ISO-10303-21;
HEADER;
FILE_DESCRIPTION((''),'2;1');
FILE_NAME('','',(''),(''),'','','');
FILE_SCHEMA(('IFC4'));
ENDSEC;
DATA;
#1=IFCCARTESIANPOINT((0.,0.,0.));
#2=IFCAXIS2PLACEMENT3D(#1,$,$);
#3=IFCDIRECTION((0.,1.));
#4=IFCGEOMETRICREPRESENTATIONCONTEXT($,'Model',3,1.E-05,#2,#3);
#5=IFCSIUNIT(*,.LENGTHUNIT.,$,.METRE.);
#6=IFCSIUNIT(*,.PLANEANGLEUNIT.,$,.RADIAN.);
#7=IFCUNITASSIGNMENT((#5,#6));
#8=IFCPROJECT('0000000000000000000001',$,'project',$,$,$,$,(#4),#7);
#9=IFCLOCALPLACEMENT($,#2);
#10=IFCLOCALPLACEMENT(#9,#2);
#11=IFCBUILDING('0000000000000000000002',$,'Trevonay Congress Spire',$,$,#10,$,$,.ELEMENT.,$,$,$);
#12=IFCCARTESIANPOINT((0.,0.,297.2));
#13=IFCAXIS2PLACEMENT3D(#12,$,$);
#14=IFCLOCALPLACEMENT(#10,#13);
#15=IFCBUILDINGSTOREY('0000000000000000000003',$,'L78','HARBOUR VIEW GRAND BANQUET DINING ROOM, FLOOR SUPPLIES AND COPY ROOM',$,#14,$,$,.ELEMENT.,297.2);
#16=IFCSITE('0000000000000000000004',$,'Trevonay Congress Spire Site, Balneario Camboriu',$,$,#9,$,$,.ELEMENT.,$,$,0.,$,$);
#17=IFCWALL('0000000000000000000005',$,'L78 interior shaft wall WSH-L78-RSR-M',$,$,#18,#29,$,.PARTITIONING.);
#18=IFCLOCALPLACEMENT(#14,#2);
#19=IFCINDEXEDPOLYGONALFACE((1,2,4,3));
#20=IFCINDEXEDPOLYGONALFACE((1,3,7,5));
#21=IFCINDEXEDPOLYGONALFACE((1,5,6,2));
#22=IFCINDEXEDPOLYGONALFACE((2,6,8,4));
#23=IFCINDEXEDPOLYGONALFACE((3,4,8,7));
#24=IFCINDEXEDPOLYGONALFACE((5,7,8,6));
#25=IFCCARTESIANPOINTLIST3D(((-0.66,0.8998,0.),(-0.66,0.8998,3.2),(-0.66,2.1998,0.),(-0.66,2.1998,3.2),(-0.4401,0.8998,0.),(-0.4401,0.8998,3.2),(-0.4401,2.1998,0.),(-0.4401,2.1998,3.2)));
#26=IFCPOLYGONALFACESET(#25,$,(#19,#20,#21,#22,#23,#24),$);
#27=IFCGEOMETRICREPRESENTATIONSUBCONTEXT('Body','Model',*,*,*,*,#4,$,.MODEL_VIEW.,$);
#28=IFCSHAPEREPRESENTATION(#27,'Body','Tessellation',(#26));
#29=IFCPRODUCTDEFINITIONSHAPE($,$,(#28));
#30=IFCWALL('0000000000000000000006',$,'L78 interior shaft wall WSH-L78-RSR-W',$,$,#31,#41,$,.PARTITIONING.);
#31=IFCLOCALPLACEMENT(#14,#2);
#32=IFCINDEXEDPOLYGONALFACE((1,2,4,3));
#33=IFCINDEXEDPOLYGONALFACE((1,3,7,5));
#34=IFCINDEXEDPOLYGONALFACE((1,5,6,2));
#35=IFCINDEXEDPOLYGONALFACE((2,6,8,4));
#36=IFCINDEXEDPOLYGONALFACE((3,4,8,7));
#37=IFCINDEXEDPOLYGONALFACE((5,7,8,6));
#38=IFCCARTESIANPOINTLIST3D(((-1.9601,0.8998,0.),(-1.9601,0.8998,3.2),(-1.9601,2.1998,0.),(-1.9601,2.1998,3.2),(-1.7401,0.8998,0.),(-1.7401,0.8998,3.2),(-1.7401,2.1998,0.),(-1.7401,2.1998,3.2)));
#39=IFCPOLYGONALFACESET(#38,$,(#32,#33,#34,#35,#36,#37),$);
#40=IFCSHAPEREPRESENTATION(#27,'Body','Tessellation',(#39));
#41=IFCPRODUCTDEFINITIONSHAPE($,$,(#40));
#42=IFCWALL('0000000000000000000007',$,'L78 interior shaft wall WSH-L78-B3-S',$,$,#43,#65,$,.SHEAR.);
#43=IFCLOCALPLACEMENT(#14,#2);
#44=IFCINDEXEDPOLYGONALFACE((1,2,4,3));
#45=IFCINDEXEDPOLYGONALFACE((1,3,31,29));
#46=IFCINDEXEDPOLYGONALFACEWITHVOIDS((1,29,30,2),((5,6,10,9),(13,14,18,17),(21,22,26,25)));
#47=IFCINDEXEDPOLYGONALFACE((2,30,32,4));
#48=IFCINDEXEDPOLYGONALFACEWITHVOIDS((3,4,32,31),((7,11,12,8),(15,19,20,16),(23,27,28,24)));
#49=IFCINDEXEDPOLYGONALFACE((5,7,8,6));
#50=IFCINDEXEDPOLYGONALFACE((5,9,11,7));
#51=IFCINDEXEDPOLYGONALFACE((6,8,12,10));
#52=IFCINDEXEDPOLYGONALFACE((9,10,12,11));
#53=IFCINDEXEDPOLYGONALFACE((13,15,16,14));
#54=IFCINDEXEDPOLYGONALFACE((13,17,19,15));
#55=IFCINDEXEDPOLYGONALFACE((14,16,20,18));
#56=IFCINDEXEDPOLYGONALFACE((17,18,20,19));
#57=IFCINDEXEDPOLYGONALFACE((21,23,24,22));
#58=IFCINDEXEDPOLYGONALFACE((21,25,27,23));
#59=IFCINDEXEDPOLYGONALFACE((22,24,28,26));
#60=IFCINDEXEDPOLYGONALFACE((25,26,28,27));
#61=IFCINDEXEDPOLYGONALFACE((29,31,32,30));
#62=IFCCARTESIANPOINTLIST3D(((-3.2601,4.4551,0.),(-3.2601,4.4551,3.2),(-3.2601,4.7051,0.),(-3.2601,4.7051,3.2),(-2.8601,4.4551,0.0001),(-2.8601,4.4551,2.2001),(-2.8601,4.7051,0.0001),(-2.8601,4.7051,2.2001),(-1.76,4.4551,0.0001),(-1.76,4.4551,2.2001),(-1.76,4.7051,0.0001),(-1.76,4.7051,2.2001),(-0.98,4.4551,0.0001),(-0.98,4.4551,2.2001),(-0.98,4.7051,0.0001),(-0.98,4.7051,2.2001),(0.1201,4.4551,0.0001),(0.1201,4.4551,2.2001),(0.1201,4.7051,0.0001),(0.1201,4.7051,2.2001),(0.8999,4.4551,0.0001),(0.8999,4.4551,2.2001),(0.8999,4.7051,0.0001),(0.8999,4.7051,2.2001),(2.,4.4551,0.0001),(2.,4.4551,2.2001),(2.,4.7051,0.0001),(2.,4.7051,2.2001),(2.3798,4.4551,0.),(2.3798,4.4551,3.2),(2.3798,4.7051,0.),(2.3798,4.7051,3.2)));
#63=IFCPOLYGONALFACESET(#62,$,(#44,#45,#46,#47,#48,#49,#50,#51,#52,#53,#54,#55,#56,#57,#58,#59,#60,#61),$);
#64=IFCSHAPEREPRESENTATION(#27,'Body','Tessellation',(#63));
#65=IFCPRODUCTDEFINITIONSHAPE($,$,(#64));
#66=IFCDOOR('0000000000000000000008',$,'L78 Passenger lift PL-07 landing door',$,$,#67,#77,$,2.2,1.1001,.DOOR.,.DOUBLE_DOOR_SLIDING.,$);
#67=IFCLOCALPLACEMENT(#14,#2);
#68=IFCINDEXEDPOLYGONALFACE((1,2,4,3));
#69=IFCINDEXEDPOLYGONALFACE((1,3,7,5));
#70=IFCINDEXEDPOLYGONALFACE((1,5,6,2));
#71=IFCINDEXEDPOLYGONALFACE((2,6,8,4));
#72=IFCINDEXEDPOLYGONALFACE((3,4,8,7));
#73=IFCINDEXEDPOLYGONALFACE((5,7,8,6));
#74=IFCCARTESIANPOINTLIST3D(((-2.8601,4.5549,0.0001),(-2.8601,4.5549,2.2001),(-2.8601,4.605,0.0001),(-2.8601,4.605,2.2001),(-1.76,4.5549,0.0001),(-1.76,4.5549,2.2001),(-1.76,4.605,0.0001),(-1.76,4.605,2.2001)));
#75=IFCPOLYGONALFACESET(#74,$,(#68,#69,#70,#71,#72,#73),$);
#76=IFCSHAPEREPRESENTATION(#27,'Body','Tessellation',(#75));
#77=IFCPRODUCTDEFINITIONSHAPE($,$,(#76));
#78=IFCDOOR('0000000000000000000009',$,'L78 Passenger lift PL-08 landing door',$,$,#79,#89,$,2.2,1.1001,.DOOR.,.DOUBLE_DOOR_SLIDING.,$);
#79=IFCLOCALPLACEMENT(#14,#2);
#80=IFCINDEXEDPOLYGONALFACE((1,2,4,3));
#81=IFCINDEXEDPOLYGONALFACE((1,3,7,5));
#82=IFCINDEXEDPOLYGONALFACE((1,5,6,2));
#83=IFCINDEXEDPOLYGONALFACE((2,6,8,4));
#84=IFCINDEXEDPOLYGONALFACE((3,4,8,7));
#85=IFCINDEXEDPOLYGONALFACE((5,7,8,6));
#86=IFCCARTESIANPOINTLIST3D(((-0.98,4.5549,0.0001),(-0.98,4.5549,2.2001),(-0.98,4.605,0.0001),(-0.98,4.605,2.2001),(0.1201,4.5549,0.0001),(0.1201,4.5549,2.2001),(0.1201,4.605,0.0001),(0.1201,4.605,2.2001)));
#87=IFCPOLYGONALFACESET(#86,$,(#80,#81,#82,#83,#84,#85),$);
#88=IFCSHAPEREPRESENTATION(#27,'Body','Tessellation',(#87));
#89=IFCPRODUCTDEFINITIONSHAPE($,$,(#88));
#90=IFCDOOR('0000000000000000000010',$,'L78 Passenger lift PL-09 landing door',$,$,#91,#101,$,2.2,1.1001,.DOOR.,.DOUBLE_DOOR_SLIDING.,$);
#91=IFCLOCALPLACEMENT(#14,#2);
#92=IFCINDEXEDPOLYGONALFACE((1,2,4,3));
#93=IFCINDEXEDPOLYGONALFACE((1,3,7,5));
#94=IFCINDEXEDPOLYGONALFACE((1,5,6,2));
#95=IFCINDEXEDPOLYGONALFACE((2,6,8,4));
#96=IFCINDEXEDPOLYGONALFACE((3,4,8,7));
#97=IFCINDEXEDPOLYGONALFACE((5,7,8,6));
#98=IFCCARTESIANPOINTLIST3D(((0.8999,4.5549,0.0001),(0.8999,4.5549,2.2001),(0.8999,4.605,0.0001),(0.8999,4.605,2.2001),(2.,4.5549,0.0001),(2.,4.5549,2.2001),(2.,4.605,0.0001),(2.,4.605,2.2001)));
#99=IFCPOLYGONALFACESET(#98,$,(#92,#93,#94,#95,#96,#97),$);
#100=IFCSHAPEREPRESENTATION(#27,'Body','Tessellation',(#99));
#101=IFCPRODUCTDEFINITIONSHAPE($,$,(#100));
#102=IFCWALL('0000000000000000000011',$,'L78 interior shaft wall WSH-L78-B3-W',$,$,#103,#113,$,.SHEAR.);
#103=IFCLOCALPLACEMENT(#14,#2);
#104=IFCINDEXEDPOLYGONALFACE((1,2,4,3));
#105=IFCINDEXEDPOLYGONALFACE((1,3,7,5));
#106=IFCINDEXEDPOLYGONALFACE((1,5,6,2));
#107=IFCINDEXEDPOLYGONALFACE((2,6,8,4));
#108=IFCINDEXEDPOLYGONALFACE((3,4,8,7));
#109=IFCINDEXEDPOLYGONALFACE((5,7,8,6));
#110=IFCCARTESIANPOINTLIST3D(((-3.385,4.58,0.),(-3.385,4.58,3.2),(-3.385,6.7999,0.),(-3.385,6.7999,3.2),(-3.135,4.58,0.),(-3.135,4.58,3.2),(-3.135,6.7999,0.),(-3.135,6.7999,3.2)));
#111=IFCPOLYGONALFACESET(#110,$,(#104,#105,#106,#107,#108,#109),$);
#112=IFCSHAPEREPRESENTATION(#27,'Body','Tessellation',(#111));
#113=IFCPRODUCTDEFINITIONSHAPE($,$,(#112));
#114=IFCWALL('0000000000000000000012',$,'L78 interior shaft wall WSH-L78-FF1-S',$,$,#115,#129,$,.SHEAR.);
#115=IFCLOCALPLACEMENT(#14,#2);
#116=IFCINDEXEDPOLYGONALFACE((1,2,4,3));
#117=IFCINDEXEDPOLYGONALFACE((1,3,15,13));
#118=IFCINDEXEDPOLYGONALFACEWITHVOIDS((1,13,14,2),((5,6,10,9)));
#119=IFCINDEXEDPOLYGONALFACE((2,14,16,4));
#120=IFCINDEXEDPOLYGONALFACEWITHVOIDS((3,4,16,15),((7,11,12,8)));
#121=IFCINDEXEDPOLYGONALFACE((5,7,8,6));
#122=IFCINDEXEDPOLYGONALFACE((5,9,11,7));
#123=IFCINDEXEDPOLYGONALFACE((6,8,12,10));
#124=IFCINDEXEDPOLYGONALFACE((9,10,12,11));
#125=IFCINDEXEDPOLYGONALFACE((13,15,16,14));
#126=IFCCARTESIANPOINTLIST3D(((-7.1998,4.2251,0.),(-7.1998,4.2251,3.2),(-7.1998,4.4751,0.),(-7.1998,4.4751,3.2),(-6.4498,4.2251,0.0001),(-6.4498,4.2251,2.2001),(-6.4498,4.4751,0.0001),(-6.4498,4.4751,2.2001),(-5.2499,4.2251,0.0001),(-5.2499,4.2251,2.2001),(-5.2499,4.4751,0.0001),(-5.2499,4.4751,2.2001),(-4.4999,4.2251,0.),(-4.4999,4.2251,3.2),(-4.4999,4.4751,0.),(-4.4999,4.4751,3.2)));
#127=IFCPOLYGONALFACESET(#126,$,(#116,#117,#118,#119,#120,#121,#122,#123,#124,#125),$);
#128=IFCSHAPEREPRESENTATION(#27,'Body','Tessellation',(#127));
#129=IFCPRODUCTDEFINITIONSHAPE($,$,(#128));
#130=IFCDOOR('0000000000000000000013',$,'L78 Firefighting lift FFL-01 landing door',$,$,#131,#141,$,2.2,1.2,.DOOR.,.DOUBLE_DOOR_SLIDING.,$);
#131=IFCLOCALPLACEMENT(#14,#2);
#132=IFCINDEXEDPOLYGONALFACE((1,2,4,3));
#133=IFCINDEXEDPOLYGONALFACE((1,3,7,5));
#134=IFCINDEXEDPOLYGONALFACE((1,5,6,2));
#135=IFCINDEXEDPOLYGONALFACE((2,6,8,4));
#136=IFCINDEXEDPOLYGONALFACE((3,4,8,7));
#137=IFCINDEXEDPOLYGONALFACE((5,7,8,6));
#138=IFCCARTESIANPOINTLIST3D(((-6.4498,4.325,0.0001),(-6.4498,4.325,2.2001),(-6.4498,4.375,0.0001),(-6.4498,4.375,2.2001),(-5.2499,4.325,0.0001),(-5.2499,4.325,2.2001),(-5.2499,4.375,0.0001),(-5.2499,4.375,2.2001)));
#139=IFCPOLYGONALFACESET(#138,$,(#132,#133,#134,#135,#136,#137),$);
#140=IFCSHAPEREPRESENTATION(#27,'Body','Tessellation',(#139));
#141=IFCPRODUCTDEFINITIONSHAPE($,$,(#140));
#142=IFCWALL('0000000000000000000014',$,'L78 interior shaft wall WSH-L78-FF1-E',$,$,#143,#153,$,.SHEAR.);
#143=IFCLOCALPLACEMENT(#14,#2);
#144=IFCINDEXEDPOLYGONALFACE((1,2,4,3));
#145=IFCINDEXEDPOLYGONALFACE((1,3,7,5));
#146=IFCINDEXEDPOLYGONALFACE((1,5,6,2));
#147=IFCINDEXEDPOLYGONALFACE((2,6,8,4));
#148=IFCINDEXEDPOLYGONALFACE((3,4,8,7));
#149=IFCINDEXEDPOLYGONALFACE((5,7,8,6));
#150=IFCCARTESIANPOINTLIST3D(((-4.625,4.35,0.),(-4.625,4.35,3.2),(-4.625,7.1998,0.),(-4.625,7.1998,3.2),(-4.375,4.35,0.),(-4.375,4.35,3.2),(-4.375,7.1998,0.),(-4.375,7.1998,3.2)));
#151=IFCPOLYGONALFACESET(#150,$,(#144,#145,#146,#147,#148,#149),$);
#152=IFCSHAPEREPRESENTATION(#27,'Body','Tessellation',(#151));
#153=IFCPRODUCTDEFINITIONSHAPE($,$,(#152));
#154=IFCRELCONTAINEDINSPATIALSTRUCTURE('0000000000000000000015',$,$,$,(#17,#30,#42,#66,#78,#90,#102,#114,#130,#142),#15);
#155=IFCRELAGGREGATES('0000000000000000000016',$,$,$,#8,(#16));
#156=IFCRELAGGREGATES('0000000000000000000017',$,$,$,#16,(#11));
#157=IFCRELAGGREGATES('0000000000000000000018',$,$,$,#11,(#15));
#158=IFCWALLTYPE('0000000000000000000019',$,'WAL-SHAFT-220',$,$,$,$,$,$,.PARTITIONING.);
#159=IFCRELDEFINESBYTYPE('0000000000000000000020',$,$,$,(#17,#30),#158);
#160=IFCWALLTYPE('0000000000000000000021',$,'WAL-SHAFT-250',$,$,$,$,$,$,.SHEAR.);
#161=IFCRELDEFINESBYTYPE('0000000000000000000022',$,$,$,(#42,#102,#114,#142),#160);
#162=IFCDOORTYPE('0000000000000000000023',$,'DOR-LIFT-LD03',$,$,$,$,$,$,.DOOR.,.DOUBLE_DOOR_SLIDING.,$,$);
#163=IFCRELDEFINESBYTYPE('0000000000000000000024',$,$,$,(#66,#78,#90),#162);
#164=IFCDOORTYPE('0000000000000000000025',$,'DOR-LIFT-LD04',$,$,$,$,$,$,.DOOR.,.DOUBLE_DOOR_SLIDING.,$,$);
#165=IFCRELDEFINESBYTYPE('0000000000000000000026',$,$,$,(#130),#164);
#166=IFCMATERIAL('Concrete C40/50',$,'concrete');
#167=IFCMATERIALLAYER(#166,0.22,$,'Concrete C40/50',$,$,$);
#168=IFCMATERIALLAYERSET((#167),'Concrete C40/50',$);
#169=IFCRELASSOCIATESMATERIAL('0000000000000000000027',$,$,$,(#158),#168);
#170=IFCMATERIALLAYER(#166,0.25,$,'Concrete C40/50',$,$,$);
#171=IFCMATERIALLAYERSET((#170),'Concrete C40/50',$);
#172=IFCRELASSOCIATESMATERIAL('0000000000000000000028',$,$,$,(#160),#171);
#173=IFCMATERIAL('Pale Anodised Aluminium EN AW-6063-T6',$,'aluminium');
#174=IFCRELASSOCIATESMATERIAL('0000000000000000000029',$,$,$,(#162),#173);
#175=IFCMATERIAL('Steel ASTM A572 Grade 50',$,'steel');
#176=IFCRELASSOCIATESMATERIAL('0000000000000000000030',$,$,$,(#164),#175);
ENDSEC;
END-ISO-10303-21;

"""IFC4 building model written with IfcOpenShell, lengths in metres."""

from ifc_helpers import new_model, si_unit, direction, frame, frame_2d, origin, place, context, subcontext, project, spatial, rectangle, extrude, material, layer, layer_set, type_object, element, fill, save


model = new_model("IFC4")

# Units and contexts
model_context = context("Model", 3, precision=1e-05, world=origin(), true_north=direction((0.0, 1.0)))
body_context = subcontext(model_context, "Body", "Model", "MODEL_VIEW")
ifc_project = project(units=[si_unit("LENGTHUNIT", "METRE"), si_unit("PLANEANGLEUNIT", "RADIAN")], contexts=[model_context])

# Site, building, storey
site_placement = place(None, origin())
site = spatial("IfcSite", under=ifc_project, at=site_placement, Name="Trevonay Congress Spire Site, Balneario Camboriu", CompositionType="ELEMENT", RefElevation=0.0)
building_placement = place(site_placement, origin())
building = spatial("IfcBuilding", under=site, at=building_placement, Name="Trevonay Congress Spire", CompositionType="ELEMENT")
storey_placement = place(building_placement, frame((0.0, 0.0, 297.2)))
storey = spatial("IfcBuildingStorey", under=building, at=storey_placement, Name="L78", Description="HARBOUR VIEW GRAND BANQUET DINING ROOM, FLOOR SUPPLIES AND COPY ROOM", CompositionType="ELEMENT", Elevation=297.2)

# Shared definitions
ifc_material_1 = material(Name="Steel ASTM A572 Grade 50", Category="steel")

# Shared definitions
ifc_material_2 = material(Name="Concrete C40/50", Category="concrete")

# Walls
ifc_layer_1 = layer(ifc_material_2, 0.22, Name="Concrete C40/50")
ifc_layer_set_1 = layer_set([ifc_layer_1], Name="Concrete C40/50")
wall_type_1 = type_object("IfcWallType", Name="WAL-SHAFT-220", PredefinedType="PARTITIONING", material=ifc_layer_set_1)
for number, where, z_axis, x_axis, name in (
    (1, (-0.55, 0.8999, 0.0), (0.0, 0.0, 1.0), (0.0, 1.0, 0.0), "L78 interior shaft wall WSH-L78-RSR-M"),
    (2, (-1.8501, 0.8999, 0.0), (0.0, 0.0, 1.0), (0.0, 1.0, 0.0), "L78 interior shaft wall WSH-L78-RSR-W"),
):
    element("IfcWall", number, at=place(storey_placement, frame(where, z_axis=z_axis, x_axis=x_axis)), inside=storey, type_object=wall_type_1, Name=name, PredefinedType="PARTITIONING", context=body_context, shape_type="SweptSolid", body=[
        extrude(rectangle(XDim=1.3, YDim=0.22, at=frame_2d((0.6499, 0.0))), origin(), (0.0, 0.0, 1.0), 3.2),
    ])

# Wall, openings, doors
ifc_layer_2 = layer(ifc_material_2, 0.25, Name="Concrete C40/50")
ifc_layer_set_2 = layer_set([ifc_layer_2], Name="Concrete C40/50")
wall_type_2 = type_object("IfcWallType", Name="WAL-SHAFT-250", PredefinedType="SHEAR", material=ifc_layer_set_2)
wall_1_placement = place(storey_placement, frame((-3.26, 4.5801, 0.0), z_axis=(0.0, 0.0, 1.0), x_axis=(1.0, 0.0, 0.0)))
wall_1 = element("IfcWall", 3, at=wall_1_placement, inside=storey, type_object=wall_type_2, Name="L78 interior shaft wall WSH-L78-B3-S", PredefinedType="SHEAR", context=body_context, shape_type="SweptSolid", body=[
    extrude(rectangle(XDim=5.6399, YDim=0.25, at=frame_2d((2.8198, 0.0))), origin(), (0.0, 0.0, 1.0), 3.2),
])
opening_1_placement = place(wall_1_placement, frame((0.3999, 0.0, 0.0)))
opening_1 = element("IfcOpeningElement", 4, at=opening_1_placement, cuts=wall_1, PredefinedType="OPENING", context=body_context, shape_type="SweptSolid", body=[
    extrude(rectangle(XDim=1.1001, YDim=2.2, at=frame_2d((0.55, 1.1001))), frame((0.0, 0.135, 0.0), z_axis=(0.0, -1.0, 0.0), x_axis=(1.0, 0.0, 0.0)), (0.0, 0.0, 1.0), 0.27),
])
opening_2_placement = place(wall_1_placement, frame((2.28, 0.0, 0.0)))
opening_2 = element("IfcOpeningElement", 5, at=opening_2_placement, cuts=wall_1, PredefinedType="OPENING", context=body_context, shape_type="SweptSolid", body=[
    extrude(rectangle(XDim=1.1001, YDim=2.2, at=frame_2d((0.55, 1.1001))), frame((0.0, 0.135, 0.0), z_axis=(0.0, -1.0, 0.0), x_axis=(1.0, 0.0, 0.0)), (0.0, 0.0, 1.0), 0.27),
])
opening_3_placement = place(wall_1_placement, frame((4.1599, 0.0, 0.0)))
opening_3 = element("IfcOpeningElement", 6, at=opening_3_placement, cuts=wall_1, PredefinedType="OPENING", context=body_context, shape_type="SweptSolid", body=[
    extrude(rectangle(XDim=1.1001, YDim=2.2, at=frame_2d((0.55, 1.1001))), frame((0.0, 0.135, 0.0), z_axis=(0.0, -1.0, 0.0), x_axis=(1.0, 0.0, 0.0)), (0.0, 0.0, 1.0), 0.27),
])
ifc_material_3 = material(Name="Pale Anodised Aluminium EN AW-6063-T6", Category="aluminium")
door_type_1 = type_object("IfcDoorType", Name="DOR-LIFT-LD03", OperationType="DOUBLE_DOOR_SLIDING", PredefinedType="DOOR", material=ifc_material_3)
door_1_placement = place(opening_1_placement, origin())
door_1 = element("IfcDoor", 7, at=door_1_placement, inside=storey, type_object=door_type_1, Name="L78 Passenger lift PL-07 landing door", OperationType="DOUBLE_DOOR_SLIDING", OverallHeight=2.2, OverallWidth=1.1001, PredefinedType="DOOR", context=body_context, shape_type="SweptSolid", body=[
    extrude(rectangle(XDim=1.1001, YDim=2.2, at=frame_2d((0.55, 1.1001))), frame((0.0, 0.0249, 0.0), z_axis=(0.0, -1.0, 0.0), x_axis=(1.0, 0.0, 0.0)), (0.0, 0.0, 1.0), 0.05),
])
fill(opening_1, door_1)
door_2_placement = place(opening_2_placement, origin())
door_2 = element("IfcDoor", 8, at=door_2_placement, inside=storey, type_object=door_type_1, Name="L78 Passenger lift PL-08 landing door", OperationType="DOUBLE_DOOR_SLIDING", OverallHeight=2.2, OverallWidth=1.1001, PredefinedType="DOOR", context=body_context, shape_type="SweptSolid", body=[
    extrude(rectangle(XDim=1.1001, YDim=2.2, at=frame_2d((0.55, 1.1001))), frame((0.0, 0.0249, 0.0), z_axis=(0.0, -1.0, 0.0), x_axis=(1.0, 0.0, 0.0)), (0.0, 0.0, 1.0), 0.05),
])
fill(opening_2, door_2)
door_3_placement = place(opening_3_placement, origin())
door_3 = element("IfcDoor", 9, at=door_3_placement, inside=storey, type_object=door_type_1, Name="L78 Passenger lift PL-09 landing door", OperationType="DOUBLE_DOOR_SLIDING", OverallHeight=2.2, OverallWidth=1.1001, PredefinedType="DOOR", context=body_context, shape_type="SweptSolid", body=[
    extrude(rectangle(XDim=1.1001, YDim=2.2, at=frame_2d((0.55, 1.1001))), frame((0.0, 0.0249, 0.0), z_axis=(0.0, -1.0, 0.0), x_axis=(1.0, 0.0, 0.0)), (0.0, 0.0, 1.0), 0.05),
])
fill(opening_3, door_3)

# Wall
wall_2_placement = place(storey_placement, frame((-3.26, 4.5801, 0.0), z_axis=(0.0, 0.0, 1.0), x_axis=(0.0, 1.0, 0.0)))
element("IfcWall", 10, at=wall_2_placement, inside=storey, type_object=wall_type_2, Name="L78 interior shaft wall WSH-L78-B3-W", PredefinedType="SHEAR", context=body_context, shape_type="SweptSolid", body=[
    extrude(rectangle(XDim=2.22, YDim=0.25, at=frame_2d((1.1099, 0.0))), origin(), (0.0, 0.0, 1.0), 3.2),
])

# Wall, opening, door
wall_3_placement = place(storey_placement, frame((-7.2, 4.3501, 0.0), z_axis=(0.0, 0.0, 1.0), x_axis=(1.0, 0.0, 0.0)))
wall_3 = element("IfcWall", 11, at=wall_3_placement, inside=storey, type_object=wall_type_2, Name="L78 interior shaft wall WSH-L78-FF1-S", PredefinedType="SHEAR", context=body_context, shape_type="SweptSolid", body=[
    extrude(rectangle(XDim=2.7, YDim=0.25, at=frame_2d((1.3501, 0.0))), origin(), (0.0, 0.0, 1.0), 3.2),
])
opening_4_placement = place(wall_3_placement, frame((0.75, 0.0, 0.0)))
opening_4 = element("IfcOpeningElement", 12, at=opening_4_placement, cuts=wall_3, PredefinedType="OPENING", context=body_context, shape_type="SweptSolid", body=[
    extrude(rectangle(XDim=1.2, YDim=2.2, at=frame_2d((0.6001, 1.1001))), frame((0.0, 0.135, 0.0), z_axis=(0.0, -1.0, 0.0), x_axis=(1.0, 0.0, 0.0)), (0.0, 0.0, 1.0), 0.27),
])
door_type_2 = type_object("IfcDoorType", Name="DOR-LIFT-LD04", OperationType="DOUBLE_DOOR_SLIDING", PredefinedType="DOOR", material=ifc_material_1)
door_4_placement = place(opening_4_placement, origin())
door_4 = element("IfcDoor", 13, at=door_4_placement, inside=storey, type_object=door_type_2, Name="L78 Firefighting lift FFL-01 landing door", OperationType="DOUBLE_DOOR_SLIDING", OverallHeight=2.2, OverallWidth=1.2, PredefinedType="DOOR", context=body_context, shape_type="SweptSolid", body=[
    extrude(rectangle(XDim=1.2, YDim=2.2, at=frame_2d((0.6001, 1.1001))), frame((0.0, 0.0249, 0.0), z_axis=(0.0, -1.0, 0.0), x_axis=(1.0, 0.0, 0.0)), (0.0, 0.0, 1.0), 0.05),
])
fill(opening_4, door_4)

# Wall
wall_4_placement = place(storey_placement, frame((-4.5, 4.3501, 0.0), z_axis=(0.0, 0.0, 1.0), x_axis=(0.0, 1.0, 0.0)))
element("IfcWall", 14, at=wall_4_placement, inside=storey, type_object=wall_type_2, Name="L78 interior shaft wall WSH-L78-FF1-E", PredefinedType="SHEAR", context=body_context, shape_type="SweptSolid", body=[
    extrude(rectangle(XDim=2.8499, YDim=0.25, at=frame_2d((1.4248, 0.0))), origin(), (0.0, 0.0, 1.0), 3.2),
])

save(model, "model.ifc")
